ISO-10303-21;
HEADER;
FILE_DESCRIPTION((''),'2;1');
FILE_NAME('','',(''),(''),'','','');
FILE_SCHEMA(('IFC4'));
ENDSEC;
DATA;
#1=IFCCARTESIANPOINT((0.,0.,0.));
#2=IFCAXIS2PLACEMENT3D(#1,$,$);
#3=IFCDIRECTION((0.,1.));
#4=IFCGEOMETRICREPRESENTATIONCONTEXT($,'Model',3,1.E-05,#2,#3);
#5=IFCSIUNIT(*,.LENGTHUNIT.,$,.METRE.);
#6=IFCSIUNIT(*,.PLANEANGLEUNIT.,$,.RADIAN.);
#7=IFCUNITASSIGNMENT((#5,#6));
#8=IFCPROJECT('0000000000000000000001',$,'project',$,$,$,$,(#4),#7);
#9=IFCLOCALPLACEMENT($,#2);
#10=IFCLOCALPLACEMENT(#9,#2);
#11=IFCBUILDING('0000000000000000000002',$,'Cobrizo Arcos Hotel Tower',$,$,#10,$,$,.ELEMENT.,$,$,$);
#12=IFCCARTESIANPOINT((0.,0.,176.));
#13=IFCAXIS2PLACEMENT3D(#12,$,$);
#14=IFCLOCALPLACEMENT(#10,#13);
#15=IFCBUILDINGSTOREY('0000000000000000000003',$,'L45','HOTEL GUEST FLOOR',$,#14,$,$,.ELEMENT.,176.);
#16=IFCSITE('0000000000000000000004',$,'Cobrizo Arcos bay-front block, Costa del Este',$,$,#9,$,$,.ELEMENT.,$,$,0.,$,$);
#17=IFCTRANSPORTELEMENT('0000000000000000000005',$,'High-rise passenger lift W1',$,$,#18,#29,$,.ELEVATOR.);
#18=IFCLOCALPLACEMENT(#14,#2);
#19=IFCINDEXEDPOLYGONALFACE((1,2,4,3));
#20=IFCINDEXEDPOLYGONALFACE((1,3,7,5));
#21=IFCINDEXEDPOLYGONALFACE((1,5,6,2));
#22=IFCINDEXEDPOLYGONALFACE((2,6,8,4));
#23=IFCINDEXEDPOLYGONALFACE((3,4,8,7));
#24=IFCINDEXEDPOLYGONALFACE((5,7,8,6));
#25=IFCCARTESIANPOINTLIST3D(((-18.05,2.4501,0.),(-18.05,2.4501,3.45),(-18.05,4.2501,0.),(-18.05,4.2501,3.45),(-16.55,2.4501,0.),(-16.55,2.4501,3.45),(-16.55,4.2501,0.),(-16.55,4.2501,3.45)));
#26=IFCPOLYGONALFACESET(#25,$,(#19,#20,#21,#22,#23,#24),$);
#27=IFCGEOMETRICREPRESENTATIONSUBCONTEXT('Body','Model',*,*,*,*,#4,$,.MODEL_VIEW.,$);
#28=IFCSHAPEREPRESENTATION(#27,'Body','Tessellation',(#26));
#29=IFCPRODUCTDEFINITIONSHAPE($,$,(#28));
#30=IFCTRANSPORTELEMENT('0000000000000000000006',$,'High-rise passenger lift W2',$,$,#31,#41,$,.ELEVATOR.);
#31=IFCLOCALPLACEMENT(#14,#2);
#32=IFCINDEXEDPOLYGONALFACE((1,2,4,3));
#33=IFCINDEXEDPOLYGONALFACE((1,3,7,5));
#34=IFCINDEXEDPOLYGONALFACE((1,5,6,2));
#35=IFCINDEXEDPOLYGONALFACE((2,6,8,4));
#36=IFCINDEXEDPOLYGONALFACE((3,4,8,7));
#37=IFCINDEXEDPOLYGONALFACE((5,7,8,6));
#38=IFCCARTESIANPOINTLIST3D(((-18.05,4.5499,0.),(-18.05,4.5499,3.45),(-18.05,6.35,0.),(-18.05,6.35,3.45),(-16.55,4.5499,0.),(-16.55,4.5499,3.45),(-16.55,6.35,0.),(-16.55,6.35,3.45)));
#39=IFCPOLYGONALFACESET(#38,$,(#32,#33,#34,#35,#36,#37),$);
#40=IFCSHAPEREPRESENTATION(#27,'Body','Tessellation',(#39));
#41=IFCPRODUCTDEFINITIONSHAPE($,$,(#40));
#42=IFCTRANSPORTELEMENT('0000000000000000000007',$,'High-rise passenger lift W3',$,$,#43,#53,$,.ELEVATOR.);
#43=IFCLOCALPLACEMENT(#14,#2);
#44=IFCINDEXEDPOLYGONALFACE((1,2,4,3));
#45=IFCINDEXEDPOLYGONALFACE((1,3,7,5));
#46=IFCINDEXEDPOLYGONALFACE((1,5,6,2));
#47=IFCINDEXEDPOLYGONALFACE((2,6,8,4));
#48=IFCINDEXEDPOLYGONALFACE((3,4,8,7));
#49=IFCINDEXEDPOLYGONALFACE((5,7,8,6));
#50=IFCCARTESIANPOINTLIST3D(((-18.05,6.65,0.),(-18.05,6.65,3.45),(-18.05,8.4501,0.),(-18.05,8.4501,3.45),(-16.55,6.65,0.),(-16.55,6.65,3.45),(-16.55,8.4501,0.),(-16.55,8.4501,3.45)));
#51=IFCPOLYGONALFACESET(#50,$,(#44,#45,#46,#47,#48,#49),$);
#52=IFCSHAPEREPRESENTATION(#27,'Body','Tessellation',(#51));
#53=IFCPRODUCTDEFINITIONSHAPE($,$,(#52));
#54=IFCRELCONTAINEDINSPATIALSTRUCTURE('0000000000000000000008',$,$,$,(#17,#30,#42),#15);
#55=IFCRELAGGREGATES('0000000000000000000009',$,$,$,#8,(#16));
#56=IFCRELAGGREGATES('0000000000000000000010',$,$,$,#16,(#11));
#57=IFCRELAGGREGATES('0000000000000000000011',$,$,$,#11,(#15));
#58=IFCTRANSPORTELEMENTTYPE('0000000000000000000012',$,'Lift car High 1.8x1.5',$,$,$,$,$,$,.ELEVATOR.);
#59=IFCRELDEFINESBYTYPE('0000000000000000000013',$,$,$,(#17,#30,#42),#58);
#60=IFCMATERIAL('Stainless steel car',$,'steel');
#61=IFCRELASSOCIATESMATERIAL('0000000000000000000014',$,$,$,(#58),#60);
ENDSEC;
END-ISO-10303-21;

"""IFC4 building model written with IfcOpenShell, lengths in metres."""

from ifc_helpers import new_model, si_unit, direction, frame, origin, origin_2d, place, context, subcontext, project, spatial, rectangle, extrude, material, type_object, element, save


model = new_model("IFC4")

# Units and contexts
model_context = context("Model", 3, precision=1e-05, world=origin(), true_north=direction((0.0, 1.0)))
body_context = subcontext(model_context, "Body", "Model", "MODEL_VIEW")
ifc_project = project(units=[si_unit("LENGTHUNIT", "METRE"), si_unit("PLANEANGLEUNIT", "RADIAN")], contexts=[model_context])

# Site, building, storey
site_placement = place(None, origin())
site = spatial("IfcSite", under=ifc_project, at=site_placement, Name="Cobrizo Arcos bay-front block, Costa del Este", CompositionType="ELEMENT", RefElevation=0.0)
building_placement = place(site_placement, origin())
building = spatial("IfcBuilding", under=site, at=building_placement, Name="Cobrizo Arcos Hotel Tower", CompositionType="ELEMENT")
storey_placement = place(building_placement, frame((0.0, 0.0, 176.0)))
storey = spatial("IfcBuildingStorey", under=building, at=storey_placement, Name="L45", Description="HOTEL GUEST FLOOR", CompositionType="ELEMENT", Elevation=176.0)

# Transport elements
ifc_material_1 = material(Name="Stainless steel car", Category="steel")
transport_element_type = type_object("IfcTransportElementType", Name="Lift car High 1.8x1.5", PredefinedType="ELEVATOR", material=ifc_material_1)
for number, where, z_axis, x_axis, name in (
    (1, (-17.3, 3.3501, 0.0), (0.0, 0.0, 1.0), (1.0, 0.0, 0.0), "High-rise passenger lift W1"),
    (2, (-17.3, 5.45, 0.0), (0.0, 0.0, 1.0), (1.0, 0.0, 0.0), "High-rise passenger lift W2"),
    (3, (-17.3, 7.55, 0.0), (0.0, 0.0, 1.0), (1.0, 0.0, 0.0), "High-rise passenger lift W3"),
):
    element("IfcTransportElement", number, at=place(storey_placement, frame(where, z_axis=z_axis, x_axis=x_axis)), inside=storey, type_object=transport_element_type, Name=name, PredefinedType="ELEVATOR", context=body_context, shape_type="SweptSolid", body=[
        extrude(rectangle(XDim=1.5, YDim=1.8, at=origin_2d()), origin(), (0.0, 0.0, 1.0), 3.45),
    ])

save(model, "model.ifc")
